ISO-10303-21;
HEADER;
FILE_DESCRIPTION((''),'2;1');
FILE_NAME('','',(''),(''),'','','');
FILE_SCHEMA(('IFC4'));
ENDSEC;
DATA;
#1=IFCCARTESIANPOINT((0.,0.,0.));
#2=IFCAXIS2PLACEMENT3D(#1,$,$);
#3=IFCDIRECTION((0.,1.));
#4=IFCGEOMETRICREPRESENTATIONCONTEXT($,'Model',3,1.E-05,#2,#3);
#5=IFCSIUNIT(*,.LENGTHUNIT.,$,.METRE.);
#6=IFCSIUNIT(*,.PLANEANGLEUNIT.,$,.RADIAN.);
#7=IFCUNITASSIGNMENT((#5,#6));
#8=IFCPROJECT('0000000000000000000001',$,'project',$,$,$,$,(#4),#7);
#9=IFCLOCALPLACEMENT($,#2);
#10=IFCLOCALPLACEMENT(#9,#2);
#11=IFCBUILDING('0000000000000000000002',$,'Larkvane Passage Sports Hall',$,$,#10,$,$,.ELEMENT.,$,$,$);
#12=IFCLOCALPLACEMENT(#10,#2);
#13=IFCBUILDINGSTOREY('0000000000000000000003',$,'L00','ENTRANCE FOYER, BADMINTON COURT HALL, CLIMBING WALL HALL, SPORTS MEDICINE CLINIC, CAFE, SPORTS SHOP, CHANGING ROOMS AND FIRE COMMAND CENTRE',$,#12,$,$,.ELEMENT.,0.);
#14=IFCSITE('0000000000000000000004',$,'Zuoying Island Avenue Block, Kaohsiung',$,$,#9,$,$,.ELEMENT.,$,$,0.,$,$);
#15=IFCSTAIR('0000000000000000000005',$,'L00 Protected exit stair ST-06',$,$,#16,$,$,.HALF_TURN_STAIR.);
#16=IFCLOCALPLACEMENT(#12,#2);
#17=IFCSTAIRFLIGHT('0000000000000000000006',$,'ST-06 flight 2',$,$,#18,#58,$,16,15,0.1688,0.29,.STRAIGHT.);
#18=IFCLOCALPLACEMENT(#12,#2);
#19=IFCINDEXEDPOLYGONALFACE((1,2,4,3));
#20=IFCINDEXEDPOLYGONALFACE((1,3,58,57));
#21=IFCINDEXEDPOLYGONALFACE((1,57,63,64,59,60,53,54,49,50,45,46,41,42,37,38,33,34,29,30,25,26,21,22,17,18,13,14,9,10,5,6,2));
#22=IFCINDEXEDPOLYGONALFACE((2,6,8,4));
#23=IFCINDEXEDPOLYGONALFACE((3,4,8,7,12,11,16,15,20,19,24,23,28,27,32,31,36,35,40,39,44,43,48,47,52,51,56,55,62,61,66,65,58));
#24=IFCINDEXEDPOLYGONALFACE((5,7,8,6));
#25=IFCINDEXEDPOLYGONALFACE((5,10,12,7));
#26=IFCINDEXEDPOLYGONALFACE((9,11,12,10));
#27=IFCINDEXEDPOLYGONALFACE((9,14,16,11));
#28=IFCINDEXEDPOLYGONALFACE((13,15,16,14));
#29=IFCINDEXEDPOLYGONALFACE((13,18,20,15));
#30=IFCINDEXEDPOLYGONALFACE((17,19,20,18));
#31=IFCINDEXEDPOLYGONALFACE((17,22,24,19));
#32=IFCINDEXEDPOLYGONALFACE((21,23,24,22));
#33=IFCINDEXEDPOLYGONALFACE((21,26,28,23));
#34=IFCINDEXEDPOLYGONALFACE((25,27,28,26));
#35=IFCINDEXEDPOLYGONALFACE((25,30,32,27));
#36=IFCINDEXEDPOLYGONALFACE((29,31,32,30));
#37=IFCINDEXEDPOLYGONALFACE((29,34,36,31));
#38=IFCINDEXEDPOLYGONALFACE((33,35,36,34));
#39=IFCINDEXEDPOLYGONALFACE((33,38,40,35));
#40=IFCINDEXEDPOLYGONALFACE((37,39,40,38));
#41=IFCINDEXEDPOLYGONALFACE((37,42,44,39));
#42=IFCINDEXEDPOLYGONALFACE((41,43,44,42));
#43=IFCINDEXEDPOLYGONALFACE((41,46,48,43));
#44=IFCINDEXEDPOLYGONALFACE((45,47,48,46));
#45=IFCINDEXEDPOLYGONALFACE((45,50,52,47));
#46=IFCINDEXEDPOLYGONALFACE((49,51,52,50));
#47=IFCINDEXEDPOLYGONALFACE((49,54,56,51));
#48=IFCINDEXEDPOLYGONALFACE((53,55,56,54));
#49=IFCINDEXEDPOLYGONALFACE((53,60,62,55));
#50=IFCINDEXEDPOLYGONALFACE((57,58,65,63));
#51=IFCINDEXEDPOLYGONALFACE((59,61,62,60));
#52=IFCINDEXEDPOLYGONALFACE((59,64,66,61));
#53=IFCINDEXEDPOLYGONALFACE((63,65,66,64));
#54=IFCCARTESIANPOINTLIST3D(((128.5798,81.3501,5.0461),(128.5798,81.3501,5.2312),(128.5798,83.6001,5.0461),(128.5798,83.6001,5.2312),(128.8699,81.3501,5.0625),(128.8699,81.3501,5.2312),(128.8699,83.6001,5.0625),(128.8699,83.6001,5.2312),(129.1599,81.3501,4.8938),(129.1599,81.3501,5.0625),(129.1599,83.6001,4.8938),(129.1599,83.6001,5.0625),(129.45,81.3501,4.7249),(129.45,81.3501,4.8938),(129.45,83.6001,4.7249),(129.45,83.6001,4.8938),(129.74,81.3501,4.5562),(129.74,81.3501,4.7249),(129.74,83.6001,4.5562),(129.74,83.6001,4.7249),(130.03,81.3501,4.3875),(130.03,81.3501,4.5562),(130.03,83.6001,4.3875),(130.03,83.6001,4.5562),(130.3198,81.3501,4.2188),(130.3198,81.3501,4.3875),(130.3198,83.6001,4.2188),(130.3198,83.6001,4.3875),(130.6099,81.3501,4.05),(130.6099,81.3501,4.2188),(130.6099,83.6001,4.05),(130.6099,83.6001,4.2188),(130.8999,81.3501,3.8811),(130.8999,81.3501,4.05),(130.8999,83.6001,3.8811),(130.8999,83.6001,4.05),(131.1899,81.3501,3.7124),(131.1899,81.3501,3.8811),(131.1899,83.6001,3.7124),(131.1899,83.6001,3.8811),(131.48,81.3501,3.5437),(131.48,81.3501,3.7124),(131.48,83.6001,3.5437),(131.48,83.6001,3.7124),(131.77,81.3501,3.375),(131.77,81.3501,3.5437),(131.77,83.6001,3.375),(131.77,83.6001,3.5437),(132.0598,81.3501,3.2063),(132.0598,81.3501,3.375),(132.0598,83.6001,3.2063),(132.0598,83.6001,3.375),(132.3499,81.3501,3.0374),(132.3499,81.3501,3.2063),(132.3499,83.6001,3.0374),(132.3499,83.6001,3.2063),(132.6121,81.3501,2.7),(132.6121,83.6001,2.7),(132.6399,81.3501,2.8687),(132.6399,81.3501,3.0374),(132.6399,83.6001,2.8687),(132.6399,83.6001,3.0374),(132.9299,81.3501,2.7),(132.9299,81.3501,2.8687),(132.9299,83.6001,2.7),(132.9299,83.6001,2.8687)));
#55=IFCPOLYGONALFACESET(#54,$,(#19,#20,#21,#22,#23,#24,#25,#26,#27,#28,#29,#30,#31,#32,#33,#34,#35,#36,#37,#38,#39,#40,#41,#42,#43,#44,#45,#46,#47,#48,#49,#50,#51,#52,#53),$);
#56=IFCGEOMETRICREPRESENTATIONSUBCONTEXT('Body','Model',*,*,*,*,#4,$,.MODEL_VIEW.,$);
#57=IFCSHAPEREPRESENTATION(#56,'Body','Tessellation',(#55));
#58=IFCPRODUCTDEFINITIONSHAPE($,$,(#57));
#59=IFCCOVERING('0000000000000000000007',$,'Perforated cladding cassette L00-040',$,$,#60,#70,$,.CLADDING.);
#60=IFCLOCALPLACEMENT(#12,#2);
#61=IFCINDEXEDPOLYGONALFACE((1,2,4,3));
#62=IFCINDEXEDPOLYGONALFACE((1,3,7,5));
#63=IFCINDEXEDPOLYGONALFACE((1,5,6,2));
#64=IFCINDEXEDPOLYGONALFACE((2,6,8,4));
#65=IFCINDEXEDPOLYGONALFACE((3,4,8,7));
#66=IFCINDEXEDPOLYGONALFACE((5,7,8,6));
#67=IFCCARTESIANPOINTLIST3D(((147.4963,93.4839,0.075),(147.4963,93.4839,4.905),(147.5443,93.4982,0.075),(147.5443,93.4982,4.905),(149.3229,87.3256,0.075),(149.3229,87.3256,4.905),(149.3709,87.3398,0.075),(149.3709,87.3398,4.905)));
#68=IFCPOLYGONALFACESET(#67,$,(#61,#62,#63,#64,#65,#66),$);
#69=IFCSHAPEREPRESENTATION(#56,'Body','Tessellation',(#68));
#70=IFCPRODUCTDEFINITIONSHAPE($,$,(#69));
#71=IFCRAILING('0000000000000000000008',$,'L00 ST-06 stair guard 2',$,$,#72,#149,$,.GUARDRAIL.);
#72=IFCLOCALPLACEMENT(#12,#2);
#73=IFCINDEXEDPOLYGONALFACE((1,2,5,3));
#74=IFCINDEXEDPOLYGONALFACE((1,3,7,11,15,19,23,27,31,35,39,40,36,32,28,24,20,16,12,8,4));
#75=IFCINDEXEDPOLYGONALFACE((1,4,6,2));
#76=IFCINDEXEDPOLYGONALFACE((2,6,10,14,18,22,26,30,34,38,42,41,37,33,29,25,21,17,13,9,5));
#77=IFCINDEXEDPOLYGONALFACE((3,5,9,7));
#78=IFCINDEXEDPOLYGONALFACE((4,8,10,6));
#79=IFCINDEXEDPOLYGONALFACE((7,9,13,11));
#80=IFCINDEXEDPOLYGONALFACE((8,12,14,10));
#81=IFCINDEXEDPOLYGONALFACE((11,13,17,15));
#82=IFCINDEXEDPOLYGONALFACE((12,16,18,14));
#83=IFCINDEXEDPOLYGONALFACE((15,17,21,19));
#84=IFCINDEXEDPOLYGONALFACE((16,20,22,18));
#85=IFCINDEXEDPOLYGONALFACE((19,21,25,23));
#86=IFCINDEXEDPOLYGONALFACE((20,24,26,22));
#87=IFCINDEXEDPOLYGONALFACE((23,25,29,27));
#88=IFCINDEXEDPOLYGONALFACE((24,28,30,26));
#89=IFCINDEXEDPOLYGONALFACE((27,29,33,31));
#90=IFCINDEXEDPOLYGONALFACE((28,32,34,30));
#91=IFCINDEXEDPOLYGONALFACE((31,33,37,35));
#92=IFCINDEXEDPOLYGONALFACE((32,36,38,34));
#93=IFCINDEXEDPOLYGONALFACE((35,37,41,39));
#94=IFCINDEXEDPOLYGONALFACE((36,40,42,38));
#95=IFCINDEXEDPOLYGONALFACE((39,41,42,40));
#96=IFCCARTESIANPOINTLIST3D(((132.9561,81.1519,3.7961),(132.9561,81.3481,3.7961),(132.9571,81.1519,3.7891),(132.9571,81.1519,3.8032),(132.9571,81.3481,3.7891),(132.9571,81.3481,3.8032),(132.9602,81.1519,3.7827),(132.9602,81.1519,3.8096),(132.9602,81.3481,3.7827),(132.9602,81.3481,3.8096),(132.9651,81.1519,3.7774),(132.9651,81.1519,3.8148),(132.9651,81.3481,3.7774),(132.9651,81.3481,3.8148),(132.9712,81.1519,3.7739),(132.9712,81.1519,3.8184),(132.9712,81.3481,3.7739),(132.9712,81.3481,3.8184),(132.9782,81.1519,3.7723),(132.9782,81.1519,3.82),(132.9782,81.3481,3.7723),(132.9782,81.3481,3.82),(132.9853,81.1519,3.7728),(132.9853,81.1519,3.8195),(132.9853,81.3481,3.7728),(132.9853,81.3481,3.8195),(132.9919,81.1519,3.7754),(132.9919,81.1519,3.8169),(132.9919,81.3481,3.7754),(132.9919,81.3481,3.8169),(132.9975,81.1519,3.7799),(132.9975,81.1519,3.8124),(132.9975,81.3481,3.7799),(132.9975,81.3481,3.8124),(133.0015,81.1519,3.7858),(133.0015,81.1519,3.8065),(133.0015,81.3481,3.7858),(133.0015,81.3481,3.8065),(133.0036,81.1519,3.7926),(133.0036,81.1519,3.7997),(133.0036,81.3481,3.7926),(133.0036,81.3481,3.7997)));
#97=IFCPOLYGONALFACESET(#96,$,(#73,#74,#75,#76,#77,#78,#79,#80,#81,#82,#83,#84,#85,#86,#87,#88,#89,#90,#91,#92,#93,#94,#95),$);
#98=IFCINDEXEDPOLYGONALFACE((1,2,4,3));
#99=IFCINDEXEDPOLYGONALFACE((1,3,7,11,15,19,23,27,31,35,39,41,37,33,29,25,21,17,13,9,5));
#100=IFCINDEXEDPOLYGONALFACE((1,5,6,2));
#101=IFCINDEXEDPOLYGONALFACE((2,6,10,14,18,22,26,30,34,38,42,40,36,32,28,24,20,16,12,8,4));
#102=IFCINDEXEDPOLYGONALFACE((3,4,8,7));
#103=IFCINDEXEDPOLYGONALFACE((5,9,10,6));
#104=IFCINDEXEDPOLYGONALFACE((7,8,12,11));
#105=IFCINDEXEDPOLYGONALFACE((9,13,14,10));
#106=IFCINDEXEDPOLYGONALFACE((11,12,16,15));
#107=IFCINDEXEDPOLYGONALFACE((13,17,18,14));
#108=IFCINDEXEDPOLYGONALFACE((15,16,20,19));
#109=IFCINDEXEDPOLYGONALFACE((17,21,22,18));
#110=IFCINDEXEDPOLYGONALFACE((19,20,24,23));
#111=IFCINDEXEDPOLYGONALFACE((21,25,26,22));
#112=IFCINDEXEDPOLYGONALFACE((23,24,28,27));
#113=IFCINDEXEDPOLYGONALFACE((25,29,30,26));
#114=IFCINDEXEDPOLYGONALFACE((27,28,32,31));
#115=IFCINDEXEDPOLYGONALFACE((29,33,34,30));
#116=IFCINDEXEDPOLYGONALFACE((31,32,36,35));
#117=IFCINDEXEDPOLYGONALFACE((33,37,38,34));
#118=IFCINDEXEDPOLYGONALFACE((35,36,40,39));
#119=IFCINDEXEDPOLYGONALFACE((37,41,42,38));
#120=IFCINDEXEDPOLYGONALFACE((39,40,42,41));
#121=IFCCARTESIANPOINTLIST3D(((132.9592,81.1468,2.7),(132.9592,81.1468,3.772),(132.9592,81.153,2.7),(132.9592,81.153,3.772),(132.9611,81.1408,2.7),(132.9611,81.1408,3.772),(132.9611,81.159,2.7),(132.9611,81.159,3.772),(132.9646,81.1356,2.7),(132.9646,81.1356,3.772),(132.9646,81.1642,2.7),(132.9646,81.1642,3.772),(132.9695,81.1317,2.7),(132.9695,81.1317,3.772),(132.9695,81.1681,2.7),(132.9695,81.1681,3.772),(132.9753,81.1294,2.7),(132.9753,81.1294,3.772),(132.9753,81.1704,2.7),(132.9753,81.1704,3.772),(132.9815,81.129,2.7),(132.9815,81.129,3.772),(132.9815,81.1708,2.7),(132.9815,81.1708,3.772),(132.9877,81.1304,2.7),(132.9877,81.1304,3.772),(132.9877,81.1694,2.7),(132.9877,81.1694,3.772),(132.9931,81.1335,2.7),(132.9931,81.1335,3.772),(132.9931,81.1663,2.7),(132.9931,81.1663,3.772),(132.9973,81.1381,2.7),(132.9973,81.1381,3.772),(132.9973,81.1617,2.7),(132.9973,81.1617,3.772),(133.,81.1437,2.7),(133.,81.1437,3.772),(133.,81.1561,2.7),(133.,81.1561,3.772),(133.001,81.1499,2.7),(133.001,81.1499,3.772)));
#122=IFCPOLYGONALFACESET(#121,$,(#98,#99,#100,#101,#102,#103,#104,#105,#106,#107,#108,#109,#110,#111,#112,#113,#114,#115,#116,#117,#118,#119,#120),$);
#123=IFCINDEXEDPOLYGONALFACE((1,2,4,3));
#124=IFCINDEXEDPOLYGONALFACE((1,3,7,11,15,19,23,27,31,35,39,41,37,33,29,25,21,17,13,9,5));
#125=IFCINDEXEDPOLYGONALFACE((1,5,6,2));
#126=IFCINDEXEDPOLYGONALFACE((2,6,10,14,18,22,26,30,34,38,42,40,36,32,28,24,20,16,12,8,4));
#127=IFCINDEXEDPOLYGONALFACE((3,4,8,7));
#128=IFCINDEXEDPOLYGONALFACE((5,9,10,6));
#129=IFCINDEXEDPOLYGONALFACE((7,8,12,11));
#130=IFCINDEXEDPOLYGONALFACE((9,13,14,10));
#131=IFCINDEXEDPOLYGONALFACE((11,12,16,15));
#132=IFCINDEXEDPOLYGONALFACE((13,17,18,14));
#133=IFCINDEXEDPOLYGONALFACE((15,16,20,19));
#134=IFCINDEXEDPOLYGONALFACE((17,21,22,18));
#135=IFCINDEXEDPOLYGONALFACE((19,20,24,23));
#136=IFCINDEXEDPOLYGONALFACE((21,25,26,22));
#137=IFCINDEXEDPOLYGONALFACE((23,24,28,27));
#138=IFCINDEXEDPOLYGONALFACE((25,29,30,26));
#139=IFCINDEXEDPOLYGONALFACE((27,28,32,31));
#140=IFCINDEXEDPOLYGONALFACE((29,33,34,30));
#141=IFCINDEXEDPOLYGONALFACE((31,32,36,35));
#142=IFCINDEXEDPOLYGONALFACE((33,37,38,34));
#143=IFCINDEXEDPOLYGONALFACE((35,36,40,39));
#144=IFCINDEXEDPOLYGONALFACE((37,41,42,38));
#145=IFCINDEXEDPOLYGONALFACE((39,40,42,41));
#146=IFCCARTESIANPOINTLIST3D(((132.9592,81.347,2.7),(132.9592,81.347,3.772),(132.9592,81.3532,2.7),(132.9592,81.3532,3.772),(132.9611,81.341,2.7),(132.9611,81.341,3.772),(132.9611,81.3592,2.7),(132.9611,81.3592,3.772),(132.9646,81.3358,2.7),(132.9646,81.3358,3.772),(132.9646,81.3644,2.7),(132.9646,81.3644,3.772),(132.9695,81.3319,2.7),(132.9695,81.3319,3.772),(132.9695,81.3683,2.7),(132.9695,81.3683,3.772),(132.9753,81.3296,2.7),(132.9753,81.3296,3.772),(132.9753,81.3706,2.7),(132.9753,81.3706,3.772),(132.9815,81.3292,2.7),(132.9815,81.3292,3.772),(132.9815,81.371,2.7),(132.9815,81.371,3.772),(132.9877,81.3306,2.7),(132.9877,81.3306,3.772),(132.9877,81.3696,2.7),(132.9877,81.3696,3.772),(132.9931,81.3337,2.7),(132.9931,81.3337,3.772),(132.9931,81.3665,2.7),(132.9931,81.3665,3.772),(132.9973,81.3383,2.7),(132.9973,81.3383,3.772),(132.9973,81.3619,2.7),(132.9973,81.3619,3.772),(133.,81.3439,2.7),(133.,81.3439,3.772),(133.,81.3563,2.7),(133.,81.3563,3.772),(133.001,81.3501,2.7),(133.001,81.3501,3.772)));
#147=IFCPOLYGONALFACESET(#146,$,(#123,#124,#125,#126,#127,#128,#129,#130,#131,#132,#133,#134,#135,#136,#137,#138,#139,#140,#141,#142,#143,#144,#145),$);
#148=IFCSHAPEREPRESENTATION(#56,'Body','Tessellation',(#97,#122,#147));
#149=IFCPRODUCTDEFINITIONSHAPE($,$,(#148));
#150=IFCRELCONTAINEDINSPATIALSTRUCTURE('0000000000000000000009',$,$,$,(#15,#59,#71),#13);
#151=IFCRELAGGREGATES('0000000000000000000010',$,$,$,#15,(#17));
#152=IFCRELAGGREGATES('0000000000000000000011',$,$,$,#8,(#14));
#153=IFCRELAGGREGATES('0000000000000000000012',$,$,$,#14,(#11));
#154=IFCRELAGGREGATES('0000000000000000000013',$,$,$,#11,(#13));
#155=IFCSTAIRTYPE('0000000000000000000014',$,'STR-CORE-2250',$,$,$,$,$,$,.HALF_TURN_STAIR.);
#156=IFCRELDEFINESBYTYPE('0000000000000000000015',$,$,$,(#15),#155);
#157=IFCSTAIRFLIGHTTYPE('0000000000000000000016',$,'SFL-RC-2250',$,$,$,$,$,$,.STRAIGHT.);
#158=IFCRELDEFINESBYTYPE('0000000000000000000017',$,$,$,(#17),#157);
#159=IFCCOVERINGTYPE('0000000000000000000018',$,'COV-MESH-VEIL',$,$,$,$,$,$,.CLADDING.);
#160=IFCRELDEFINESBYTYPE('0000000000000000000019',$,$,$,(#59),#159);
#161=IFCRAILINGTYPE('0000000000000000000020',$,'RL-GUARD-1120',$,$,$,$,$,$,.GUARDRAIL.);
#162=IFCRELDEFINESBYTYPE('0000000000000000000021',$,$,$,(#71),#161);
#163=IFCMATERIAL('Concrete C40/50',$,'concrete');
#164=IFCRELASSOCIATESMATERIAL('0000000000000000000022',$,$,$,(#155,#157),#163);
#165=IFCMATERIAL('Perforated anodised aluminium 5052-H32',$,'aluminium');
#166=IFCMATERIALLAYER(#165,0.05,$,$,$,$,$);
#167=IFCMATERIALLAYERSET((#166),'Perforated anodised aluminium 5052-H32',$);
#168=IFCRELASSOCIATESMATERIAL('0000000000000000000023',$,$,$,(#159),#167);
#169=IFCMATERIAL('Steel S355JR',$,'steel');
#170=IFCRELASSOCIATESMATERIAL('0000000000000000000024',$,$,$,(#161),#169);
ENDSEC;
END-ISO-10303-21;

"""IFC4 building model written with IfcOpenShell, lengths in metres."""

from ifc_helpers import new_model, si_unit, direction, frame, origin, origin_2d, place, context, subcontext, project, spatial, polyline, rectangle, circle, outline, extrude, material, layer, layer_set, type_object, element, aggregate, save


model = new_model("IFC4")

# Units and contexts
model_context = context("Model", 3, precision=1e-05, world=origin(), true_north=direction((0.0, 1.0)))
body_context = subcontext(model_context, "Body", "Model", "MODEL_VIEW")
ifc_project = project(units=[si_unit("LENGTHUNIT", "METRE"), si_unit("PLANEANGLEUNIT", "RADIAN")], contexts=[model_context])

# Site, building, storey
site_placement = place(None, origin())
site = spatial("IfcSite", under=ifc_project, at=site_placement, Name="Zuoying Island Avenue Block, Kaohsiung", CompositionType="ELEMENT", RefElevation=0.0)
building_placement = place(site_placement, origin())
building = spatial("IfcBuilding", under=site, at=building_placement, Name="Larkvane Passage Sports Hall", CompositionType="ELEMENT")
storey_placement = place(building_placement, origin())
storey = spatial("IfcBuildingStorey", under=building, at=storey_placement, Name="L00", Description="ENTRANCE FOYER, BADMINTON COURT HALL, CLIMBING WALL HALL, SPORTS MEDICINE CLINIC, CAFE, SPORTS SHOP, CHANGING ROOMS AND FIRE COMMAND CENTRE", CompositionType="ELEMENT", Elevation=0.0)

# Shared definitions
ifc_material_1 = material(Name="Concrete C40/50", Category="concrete")
ifc_material_2 = material(Name="Steel S355JR", Category="steel")

# Stair, stair flight
stair_type = type_object("IfcStairType", Name="STR-CORE-2250", PredefinedType="HALF_TURN_STAIR", material=ifc_material_1)
stair_placement = place(storey_placement, origin())
stair = element("IfcStair", 1, at=stair_placement, inside=storey, type_object=stair_type, Name="L00 Protected exit stair ST-06", PredefinedType="HALF_TURN_STAIR")
stair_flight_type = type_object("IfcStairFlightType", Name="SFL-RC-2250", PredefinedType="STRAIGHT", material=ifc_material_1)
stair_flight_placement = place(storey_placement, frame((132.9299, 82.4751, 2.7), z_axis=(0.0, 0.0, 1.0), x_axis=(-1.0, 0.0, 0.0)))
stair_flight = element("IfcStairFlight", 2, at=stair_flight_placement, type_object=stair_flight_type, Name="ST-06 flight 2", NumberOfRisers=16, NumberOfTreads=15, PredefinedType="STRAIGHT", RiserHeight=0.1688, TreadLength=0.29, context=body_context, shape_type="SweptSolid", body=[
    extrude(outline(polyline([(0.0, 0.0), (0.0, 0.1687), (0.29, 0.1687), (0.29, 0.3374), (0.5801, 0.3374), (0.5801, 0.5063), (0.8701, 0.5063), (0.8701, 0.675), (1.1599, 0.675), (1.1599, 0.8438), (1.45, 0.8438), (1.45, 1.0125), (1.74, 1.0125), (1.74, 1.1812), (2.03, 1.1812), (2.03, 1.3501), (2.3201, 1.3501), (2.3201, 1.5188), (2.6101, 1.5188), (2.6101, 1.6875), (2.8999, 1.6875), (2.8999, 1.8562), (3.1899, 1.8562), (3.1899, 2.0249), (3.48, 2.0249), (3.48, 2.1938), (3.77, 2.1938), (3.77, 2.3625), (4.0601, 2.3625), (4.0601, 2.5312), (4.3501, 2.5312), (4.3501, 2.7), (4.3501, 2.3462), (0.3179, 0.0), (0.0, 0.0)])), frame((0.0, 1.125, 0.0), z_axis=(0.0, -1.0, 0.0), x_axis=(1.0, 0.0, 0.0)), (0.0, 0.0, 1.0), 2.25),
])
aggregate(stair, [stair_flight])

# Covering
ifc_material_3 = material(Name="Perforated anodised aluminium 5052-H32", Category="aluminium")
ifc_layer_1 = layer(ifc_material_3, 0.05)
ifc_layer_set_1 = layer_set([ifc_layer_1], Name="Perforated anodised aluminium 5052-H32")
covering_type = type_object("IfcCoveringType", Name="COV-MESH-VEIL", PredefinedType="CLADDING", material=ifc_layer_set_1)
covering_placement = place(storey_placement, frame((148.4336, 90.4119, 0.075), z_axis=(0.0, 0.0, 1.0), x_axis=(0.284365, -0.958716, 0.0)))
element("IfcCovering", 3, at=covering_placement, inside=storey, type_object=covering_type, Name="Perforated cladding cassette L00-040", PredefinedType="CLADDING", context=body_context, shape_type="SweptSolid", body=[
    extrude(rectangle(XDim=6.4236, YDim=0.05, at=origin_2d()), origin(), (0.0, 0.0, 1.0), 4.8301),
])

# Railing
railing_type_1 = type_object("IfcRailingType", Name="RL-GUARD-1120", PredefinedType="GUARDRAIL", material=ifc_material_2)
railing_1_placement = place(storey_placement, frame((132.98, 81.1499, 2.7)))
element("IfcRailing", 4, at=railing_1_placement, inside=storey, type_object=railing_type_1, Name="L00 ST-06 stair guard 2", PredefinedType="GUARDRAIL", context=body_context, shape_type="SweptSolid", body=[
    extrude(circle(Radius=0.0239, at=origin_2d()), frame((0.0, 0.002, 1.0962), z_axis=(0.0, 1.0, 0.0), x_axis=(-1.0, 0.0, 0.0)), (0.0, 0.0, 1.0), 0.1963),
    extrude(circle(Radius=0.021, at=origin_2d()), origin(), (0.0, 0.0, 1.0), 1.072),
    extrude(circle(Radius=0.021, at=origin_2d()), frame((0.0, 0.2002, 0.0)), (0.0, 0.0, 1.0), 1.072),
])

save(model, "model.ifc")
